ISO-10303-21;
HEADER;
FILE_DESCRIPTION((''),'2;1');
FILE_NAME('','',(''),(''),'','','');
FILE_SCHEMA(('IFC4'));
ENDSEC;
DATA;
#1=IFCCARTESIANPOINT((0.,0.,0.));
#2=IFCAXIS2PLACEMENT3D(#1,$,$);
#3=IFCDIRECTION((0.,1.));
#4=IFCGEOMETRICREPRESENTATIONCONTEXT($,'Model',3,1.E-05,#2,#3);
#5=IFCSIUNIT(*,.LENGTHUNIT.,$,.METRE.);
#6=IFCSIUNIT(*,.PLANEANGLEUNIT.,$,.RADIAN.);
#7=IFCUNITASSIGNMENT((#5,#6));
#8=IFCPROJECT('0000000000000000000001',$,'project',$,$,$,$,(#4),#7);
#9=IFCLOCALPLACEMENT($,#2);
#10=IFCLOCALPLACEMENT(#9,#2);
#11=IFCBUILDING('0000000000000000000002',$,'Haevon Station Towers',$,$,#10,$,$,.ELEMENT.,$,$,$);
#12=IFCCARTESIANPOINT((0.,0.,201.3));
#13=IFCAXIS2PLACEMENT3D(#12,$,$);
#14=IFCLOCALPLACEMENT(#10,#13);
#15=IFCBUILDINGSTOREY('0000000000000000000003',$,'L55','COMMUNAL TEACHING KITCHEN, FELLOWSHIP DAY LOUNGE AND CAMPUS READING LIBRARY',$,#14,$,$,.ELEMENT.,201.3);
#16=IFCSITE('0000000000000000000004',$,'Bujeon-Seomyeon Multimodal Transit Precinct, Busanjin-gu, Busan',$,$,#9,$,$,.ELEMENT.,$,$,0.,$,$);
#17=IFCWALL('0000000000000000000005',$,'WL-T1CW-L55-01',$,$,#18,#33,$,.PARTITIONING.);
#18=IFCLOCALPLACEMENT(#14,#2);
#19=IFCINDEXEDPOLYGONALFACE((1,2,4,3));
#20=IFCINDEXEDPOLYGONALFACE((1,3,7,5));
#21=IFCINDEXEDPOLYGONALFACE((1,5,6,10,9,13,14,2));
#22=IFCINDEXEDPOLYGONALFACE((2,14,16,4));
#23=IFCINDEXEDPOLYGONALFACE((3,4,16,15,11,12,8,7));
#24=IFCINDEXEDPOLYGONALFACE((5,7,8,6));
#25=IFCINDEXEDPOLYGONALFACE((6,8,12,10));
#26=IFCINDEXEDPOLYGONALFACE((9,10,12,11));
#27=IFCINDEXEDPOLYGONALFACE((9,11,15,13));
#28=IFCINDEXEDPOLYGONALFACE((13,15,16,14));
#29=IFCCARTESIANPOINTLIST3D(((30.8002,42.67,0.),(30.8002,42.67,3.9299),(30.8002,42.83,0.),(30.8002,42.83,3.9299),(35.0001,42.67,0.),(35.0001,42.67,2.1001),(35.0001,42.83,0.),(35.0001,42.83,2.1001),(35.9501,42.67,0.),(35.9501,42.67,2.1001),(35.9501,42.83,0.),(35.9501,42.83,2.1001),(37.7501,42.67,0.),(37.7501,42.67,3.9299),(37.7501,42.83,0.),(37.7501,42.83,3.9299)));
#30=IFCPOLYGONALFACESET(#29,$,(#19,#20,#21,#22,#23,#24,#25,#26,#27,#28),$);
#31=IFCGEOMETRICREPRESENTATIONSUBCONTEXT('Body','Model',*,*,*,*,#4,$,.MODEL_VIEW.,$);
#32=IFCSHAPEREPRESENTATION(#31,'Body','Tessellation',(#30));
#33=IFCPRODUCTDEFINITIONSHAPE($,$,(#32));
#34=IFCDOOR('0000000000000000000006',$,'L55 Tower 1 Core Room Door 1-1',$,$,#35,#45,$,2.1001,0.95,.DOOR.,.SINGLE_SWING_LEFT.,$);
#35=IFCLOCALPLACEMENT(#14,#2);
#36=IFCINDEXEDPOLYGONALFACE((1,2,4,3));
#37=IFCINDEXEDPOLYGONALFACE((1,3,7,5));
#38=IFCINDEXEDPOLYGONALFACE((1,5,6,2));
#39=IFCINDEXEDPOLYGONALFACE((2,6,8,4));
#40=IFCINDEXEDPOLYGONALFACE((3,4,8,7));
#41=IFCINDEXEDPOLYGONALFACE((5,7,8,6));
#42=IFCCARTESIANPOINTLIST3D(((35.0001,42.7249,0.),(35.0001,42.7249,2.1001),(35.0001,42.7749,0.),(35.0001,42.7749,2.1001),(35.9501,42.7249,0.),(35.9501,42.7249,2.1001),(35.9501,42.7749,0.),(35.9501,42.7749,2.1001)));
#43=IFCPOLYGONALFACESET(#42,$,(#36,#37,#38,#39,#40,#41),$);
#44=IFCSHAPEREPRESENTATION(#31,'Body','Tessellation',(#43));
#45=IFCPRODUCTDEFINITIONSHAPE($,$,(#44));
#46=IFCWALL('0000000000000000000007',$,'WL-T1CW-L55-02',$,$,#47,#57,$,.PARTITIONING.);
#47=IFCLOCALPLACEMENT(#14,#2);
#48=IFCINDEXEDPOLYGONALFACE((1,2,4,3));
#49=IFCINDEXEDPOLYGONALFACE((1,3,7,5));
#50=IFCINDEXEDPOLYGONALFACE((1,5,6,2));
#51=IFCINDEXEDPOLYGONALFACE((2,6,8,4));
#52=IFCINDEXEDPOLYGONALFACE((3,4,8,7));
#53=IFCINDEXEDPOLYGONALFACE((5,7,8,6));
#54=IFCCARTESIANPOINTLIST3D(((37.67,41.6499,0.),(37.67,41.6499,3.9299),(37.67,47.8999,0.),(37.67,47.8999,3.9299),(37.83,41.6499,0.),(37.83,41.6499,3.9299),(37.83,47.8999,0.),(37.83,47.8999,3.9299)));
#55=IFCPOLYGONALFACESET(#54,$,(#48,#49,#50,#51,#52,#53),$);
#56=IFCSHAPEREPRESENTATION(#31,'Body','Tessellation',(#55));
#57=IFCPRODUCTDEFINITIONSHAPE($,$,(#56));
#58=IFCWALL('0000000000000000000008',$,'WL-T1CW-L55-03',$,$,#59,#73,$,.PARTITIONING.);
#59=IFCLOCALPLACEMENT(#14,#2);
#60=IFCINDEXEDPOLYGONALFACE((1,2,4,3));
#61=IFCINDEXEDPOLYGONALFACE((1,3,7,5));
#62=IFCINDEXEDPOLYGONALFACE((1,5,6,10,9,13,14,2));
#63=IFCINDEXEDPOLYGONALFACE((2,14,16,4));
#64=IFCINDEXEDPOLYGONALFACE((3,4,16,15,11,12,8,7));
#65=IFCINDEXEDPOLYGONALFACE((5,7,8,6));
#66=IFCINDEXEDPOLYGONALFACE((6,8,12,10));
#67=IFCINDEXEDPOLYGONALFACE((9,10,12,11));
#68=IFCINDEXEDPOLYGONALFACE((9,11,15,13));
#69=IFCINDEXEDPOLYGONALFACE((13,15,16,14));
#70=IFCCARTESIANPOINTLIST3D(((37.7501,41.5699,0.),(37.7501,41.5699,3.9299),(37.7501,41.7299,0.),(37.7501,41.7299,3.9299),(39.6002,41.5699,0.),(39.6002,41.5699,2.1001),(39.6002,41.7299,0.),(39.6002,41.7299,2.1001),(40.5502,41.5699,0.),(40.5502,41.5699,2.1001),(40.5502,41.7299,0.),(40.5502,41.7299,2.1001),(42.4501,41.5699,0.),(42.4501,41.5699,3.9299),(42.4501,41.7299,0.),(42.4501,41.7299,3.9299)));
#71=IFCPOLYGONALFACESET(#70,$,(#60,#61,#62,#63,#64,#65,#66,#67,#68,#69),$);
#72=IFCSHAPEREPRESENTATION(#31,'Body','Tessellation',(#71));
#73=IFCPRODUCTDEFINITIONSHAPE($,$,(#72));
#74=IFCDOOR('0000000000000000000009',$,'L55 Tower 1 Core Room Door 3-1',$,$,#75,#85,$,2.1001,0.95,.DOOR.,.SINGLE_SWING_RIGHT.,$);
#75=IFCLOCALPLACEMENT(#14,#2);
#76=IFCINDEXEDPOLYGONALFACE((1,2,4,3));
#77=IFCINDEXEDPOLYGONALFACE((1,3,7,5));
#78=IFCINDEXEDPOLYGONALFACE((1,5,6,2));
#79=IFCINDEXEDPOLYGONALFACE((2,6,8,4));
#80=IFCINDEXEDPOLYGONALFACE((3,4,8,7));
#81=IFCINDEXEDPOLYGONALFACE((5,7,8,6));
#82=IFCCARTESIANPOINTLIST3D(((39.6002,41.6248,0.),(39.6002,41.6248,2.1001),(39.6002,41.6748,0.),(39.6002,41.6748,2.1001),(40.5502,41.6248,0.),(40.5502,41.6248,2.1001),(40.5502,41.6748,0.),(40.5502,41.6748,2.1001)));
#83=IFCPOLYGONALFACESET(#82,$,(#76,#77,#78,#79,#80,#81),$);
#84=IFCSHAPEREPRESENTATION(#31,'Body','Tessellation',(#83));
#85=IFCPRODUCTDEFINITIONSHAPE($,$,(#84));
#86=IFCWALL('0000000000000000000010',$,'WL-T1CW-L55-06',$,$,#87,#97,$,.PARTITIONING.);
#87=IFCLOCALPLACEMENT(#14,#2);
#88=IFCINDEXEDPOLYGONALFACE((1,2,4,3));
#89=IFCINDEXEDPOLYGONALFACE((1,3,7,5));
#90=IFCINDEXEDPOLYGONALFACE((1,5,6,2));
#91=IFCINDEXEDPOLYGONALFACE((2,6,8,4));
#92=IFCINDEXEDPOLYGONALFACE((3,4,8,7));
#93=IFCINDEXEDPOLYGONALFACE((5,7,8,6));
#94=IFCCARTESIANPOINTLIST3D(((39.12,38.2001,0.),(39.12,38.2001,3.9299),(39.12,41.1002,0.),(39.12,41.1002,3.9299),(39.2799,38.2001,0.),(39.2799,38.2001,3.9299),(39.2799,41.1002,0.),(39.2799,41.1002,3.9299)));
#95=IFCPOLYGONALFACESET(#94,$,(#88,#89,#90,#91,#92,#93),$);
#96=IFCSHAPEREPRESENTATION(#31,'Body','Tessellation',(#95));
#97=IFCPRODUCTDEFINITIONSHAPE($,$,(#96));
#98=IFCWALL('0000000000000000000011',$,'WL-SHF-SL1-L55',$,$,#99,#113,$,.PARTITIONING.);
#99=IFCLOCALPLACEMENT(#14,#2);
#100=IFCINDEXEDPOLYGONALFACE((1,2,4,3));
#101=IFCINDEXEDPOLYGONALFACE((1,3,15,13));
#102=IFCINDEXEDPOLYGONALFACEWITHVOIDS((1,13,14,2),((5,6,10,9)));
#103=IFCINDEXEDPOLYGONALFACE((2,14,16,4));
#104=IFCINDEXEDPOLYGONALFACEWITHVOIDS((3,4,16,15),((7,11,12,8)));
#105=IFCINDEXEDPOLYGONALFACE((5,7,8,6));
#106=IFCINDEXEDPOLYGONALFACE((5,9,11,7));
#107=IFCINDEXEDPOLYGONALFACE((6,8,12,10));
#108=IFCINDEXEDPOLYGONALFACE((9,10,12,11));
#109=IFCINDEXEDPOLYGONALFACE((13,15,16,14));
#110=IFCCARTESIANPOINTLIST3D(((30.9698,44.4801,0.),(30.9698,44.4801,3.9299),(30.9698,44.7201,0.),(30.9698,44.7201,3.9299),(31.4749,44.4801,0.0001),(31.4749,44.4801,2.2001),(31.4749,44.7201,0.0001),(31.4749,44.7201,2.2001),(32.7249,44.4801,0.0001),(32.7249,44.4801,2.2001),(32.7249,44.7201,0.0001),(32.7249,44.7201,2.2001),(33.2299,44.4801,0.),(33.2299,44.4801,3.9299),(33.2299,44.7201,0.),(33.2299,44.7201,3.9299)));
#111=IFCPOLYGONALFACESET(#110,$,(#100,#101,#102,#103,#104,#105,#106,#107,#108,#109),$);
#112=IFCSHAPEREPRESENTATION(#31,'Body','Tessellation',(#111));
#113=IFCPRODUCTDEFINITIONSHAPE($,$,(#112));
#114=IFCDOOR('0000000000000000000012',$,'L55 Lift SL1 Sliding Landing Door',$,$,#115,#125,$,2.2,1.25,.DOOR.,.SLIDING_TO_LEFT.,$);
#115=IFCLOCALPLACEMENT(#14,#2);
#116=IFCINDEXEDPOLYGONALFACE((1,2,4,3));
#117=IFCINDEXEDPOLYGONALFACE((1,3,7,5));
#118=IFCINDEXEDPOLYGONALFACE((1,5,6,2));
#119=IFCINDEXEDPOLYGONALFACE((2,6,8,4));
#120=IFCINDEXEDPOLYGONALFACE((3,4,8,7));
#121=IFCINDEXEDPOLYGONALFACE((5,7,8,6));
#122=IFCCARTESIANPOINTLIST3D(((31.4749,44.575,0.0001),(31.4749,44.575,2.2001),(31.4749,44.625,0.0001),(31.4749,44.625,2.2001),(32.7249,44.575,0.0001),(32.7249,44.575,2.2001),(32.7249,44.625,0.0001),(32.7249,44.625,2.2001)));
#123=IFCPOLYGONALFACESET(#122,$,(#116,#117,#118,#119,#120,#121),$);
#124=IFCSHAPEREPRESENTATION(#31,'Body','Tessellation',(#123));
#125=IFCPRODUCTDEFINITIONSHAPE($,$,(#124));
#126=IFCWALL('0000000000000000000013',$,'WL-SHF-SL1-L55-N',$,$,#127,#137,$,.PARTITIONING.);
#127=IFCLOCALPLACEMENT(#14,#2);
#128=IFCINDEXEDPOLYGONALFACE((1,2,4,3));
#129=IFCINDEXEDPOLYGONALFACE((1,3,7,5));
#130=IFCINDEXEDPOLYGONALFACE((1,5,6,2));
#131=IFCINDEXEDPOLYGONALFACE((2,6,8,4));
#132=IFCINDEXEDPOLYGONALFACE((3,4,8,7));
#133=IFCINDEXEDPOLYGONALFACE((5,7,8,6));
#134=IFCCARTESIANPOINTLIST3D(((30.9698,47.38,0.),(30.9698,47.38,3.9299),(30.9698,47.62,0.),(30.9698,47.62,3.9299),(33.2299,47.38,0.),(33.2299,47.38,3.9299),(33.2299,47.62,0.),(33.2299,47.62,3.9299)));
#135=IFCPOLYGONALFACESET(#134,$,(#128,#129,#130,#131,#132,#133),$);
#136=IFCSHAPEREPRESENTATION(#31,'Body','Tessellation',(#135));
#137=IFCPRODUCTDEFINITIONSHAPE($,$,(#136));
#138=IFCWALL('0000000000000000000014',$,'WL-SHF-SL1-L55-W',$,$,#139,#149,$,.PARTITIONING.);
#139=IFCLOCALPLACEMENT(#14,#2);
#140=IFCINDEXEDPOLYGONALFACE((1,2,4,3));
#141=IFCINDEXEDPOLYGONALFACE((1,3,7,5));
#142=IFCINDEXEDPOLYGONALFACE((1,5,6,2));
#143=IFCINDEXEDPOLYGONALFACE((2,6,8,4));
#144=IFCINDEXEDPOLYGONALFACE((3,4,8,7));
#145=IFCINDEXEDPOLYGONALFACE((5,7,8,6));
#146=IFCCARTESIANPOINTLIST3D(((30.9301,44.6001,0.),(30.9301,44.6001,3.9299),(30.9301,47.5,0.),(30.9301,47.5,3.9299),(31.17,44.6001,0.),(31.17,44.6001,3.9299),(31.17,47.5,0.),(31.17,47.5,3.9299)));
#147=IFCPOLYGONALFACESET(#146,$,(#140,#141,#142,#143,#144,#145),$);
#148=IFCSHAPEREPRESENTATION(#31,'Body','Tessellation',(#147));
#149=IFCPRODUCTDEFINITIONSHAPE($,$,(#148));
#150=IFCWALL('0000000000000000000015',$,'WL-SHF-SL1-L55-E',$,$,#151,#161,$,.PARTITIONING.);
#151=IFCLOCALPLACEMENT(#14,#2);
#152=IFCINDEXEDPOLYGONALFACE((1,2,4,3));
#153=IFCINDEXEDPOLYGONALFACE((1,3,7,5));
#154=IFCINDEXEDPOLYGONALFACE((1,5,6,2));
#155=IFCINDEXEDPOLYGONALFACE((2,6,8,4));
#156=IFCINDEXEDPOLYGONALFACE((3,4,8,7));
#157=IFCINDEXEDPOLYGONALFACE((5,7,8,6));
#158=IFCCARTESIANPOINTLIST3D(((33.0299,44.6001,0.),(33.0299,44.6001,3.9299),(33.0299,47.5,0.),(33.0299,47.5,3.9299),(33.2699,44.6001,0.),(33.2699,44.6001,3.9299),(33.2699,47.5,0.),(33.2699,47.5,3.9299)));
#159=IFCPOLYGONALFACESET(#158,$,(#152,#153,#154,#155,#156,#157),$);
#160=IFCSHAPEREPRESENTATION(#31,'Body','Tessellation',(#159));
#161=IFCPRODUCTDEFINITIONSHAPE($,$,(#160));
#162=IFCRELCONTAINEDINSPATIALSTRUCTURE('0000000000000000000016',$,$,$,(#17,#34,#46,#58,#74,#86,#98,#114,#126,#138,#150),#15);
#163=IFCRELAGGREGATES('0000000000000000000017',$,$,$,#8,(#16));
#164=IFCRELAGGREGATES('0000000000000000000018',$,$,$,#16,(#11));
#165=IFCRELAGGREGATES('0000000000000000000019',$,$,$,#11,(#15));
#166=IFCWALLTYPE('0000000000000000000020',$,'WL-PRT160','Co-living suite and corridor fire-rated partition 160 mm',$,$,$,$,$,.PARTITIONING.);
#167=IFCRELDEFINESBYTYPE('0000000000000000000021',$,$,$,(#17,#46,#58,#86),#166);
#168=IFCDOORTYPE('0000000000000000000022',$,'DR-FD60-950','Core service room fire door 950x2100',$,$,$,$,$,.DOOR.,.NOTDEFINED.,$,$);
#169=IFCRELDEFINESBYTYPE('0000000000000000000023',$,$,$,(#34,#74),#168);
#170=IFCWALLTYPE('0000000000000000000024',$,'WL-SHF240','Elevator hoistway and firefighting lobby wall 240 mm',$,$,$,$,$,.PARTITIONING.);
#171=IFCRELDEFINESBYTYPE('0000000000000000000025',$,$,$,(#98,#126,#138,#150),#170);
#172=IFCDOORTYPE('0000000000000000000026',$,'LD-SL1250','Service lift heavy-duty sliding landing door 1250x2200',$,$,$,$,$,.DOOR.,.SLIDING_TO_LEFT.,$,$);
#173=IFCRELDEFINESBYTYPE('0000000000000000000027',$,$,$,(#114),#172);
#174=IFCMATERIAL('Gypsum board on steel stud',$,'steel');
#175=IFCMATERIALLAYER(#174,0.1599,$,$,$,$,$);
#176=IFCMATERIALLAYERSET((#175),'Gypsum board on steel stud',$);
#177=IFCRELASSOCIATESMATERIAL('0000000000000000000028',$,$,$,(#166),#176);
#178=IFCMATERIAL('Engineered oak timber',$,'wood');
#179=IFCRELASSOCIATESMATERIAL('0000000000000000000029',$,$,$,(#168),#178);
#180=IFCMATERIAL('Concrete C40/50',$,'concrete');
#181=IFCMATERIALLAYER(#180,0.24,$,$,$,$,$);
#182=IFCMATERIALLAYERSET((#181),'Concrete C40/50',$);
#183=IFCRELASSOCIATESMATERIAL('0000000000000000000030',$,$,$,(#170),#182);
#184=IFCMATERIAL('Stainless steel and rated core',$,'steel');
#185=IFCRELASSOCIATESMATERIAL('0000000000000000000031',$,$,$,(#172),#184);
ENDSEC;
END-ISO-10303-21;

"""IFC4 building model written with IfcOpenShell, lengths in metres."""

from ifc_helpers import new_model, si_unit, direction, frame, frame_2d, origin, place, context, subcontext, project, spatial, rectangle, extrude, material, layer, layer_set, type_object, element, fill, save


model = new_model("IFC4")

# Units and contexts
model_context = context("Model", 3, precision=1e-05, world=origin(), true_north=direction((0.0, 1.0)))
body_context = subcontext(model_context, "Body", "Model", "MODEL_VIEW")
ifc_project = project(units=[si_unit("LENGTHUNIT", "METRE"), si_unit("PLANEANGLEUNIT", "RADIAN")], contexts=[model_context])

# Site, building, storey
site_placement = place(None, origin())
site = spatial("IfcSite", under=ifc_project, at=site_placement, Name="Bujeon-Seomyeon Multimodal Transit Precinct, Busanjin-gu, Busan", CompositionType="ELEMENT", RefElevation=0.0)
building_placement = place(site_placement, origin())
building = spatial("IfcBuilding", under=site, at=building_placement, Name="Haevon Station Towers", CompositionType="ELEMENT")
storey_placement = place(building_placement, frame((0.0, 0.0, 201.3)))
storey = spatial("IfcBuildingStorey", under=building, at=storey_placement, Name="L55", Description="COMMUNAL TEACHING KITCHEN, FELLOWSHIP DAY LOUNGE AND CAMPUS READING LIBRARY", CompositionType="ELEMENT", Elevation=201.3)

# Wall, opening, door
ifc_material_1 = material(Name="Gypsum board on steel stud", Category="steel")
ifc_material_2 = material(Name="Engineered oak timber", Category="wood")
ifc_layer_1 = layer(ifc_material_1, 0.1599)
ifc_layer_set_1 = layer_set([ifc_layer_1], Name="Gypsum board on steel stud")
wall_type_1 = type_object("IfcWallType", Name="WL-PRT160", Description="Co-living suite and corridor fire-rated partition 160 mm", PredefinedType="PARTITIONING", material=ifc_layer_set_1)
wall_1_placement = place(storey_placement, frame((30.8, 42.75, 0.0), z_axis=(0.0, 0.0, 1.0), x_axis=(1.0, 0.0, 0.0)))
wall_1 = element("IfcWall", 1, at=wall_1_placement, inside=storey, type_object=wall_type_1, Name="WL-T1CW-L55-01", PredefinedType="PARTITIONING", context=body_context, shape_type="SweptSolid", body=[
    extrude(rectangle(XDim=6.95, YDim=0.1599, at=frame_2d((3.4751, 0.0))), origin(), (0.0, 0.0, 1.0), 3.9299),
])
opening_1_placement = place(wall_1_placement, frame((4.2, 0.0, 0.0)))
opening_1 = element("IfcOpeningElement", 2, at=opening_1_placement, cuts=wall_1, PredefinedType="OPENING", context=body_context, shape_type="SweptSolid", body=[
    extrude(rectangle(XDim=0.95, YDim=2.1001, at=frame_2d((0.4751, 1.05))), frame((0.0, 0.0898, 0.0), z_axis=(0.0, -1.0, 0.0), x_axis=(1.0, 0.0, 0.0)), (0.0, 0.0, 1.0), 0.1799),
])
door_type_1 = type_object("IfcDoorType", Name="DR-FD60-950", Description="Core service room fire door 950x2100", OperationType="NOTDEFINED", PredefinedType="DOOR", material=ifc_material_2)
door_1_placement = place(opening_1_placement, origin())
door_1 = element("IfcDoor", 3, at=door_1_placement, inside=storey, type_object=door_type_1, Name="L55 Tower 1 Core Room Door 1-1", OperationType="SINGLE_SWING_LEFT", OverallHeight=2.1001, OverallWidth=0.95, PredefinedType="DOOR", context=body_context, shape_type="SweptSolid", body=[
    extrude(rectangle(XDim=0.95, YDim=2.1001, at=frame_2d((0.4751, 1.05))), frame((0.0, 0.0249, 0.0), z_axis=(0.0, -1.0, 0.0), x_axis=(1.0, 0.0, 0.0)), (0.0, 0.0, 1.0), 0.05),
])
fill(opening_1, door_1)

# Wall
wall_2_placement = place(storey_placement, frame((37.75, 41.6499, 0.0), z_axis=(0.0, 0.0, 1.0), x_axis=(0.0, 1.0, 0.0)))
element("IfcWall", 4, at=wall_2_placement, inside=storey, type_object=wall_type_1, Name="WL-T1CW-L55-02", PredefinedType="PARTITIONING", context=body_context, shape_type="SweptSolid", body=[
    extrude(rectangle(XDim=6.25, YDim=0.1599, at=frame_2d((3.125, 0.0))), origin(), (0.0, 0.0, 1.0), 3.9299),
])

# Wall, opening, door
wall_3_placement = place(storey_placement, frame((37.75, 41.6499, 0.0), z_axis=(0.0, 0.0, 1.0), x_axis=(1.0, 0.0, 0.0)))
wall_3 = element("IfcWall", 5, at=wall_3_placement, inside=storey, type_object=wall_type_1, Name="WL-T1CW-L55-03", PredefinedType="PARTITIONING", context=body_context, shape_type="SweptSolid", body=[
    extrude(rectangle(XDim=4.7, YDim=0.1599, at=frame_2d((2.3501, 0.0))), origin(), (0.0, 0.0, 1.0), 3.9299),
])
opening_2_placement = place(wall_3_placement, frame((1.8501, 0.0, 0.0)))
opening_2 = element("IfcOpeningElement", 6, at=opening_2_placement, cuts=wall_3, PredefinedType="OPENING", context=body_context, shape_type="SweptSolid", body=[
    extrude(rectangle(XDim=0.95, YDim=2.1001, at=frame_2d((0.4751, 1.05))), frame((0.0, 0.0898, 0.0), z_axis=(0.0, -1.0, 0.0), x_axis=(1.0, 0.0, 0.0)), (0.0, 0.0, 1.0), 0.1799),
])
door_2_placement = place(opening_2_placement, origin())
door_2 = element("IfcDoor", 7, at=door_2_placement, inside=storey, type_object=door_type_1, Name="L55 Tower 1 Core Room Door 3-1", OperationType="SINGLE_SWING_RIGHT", OverallHeight=2.1001, OverallWidth=0.95, PredefinedType="DOOR", context=body_context, shape_type="SweptSolid", body=[
    extrude(rectangle(XDim=0.95, YDim=2.1001, at=frame_2d((0.4751, 1.05))), frame((0.0, 0.0249, 0.0), z_axis=(0.0, -1.0, 0.0), x_axis=(1.0, 0.0, 0.0)), (0.0, 0.0, 1.0), 0.05),
])
fill(opening_2, door_2)

# Wall
wall_4_placement = place(storey_placement, frame((39.2, 38.2, 0.0), z_axis=(0.0, 0.0, 1.0), x_axis=(0.0, 1.0, 0.0)))
element("IfcWall", 8, at=wall_4_placement, inside=storey, type_object=wall_type_1, Name="WL-T1CW-L55-06", PredefinedType="PARTITIONING", context=body_context, shape_type="SweptSolid", body=[
    extrude(rectangle(XDim=2.9001, YDim=0.1599, at=frame_2d((1.4502, 0.0))), origin(), (0.0, 0.0, 1.0), 3.9299),
])

# Wall, opening, door
ifc_material_3 = material(Name="Concrete C40/50", Category="concrete")
ifc_layer_2 = layer(ifc_material_3, 0.24)
ifc_layer_set_2 = layer_set([ifc_layer_2], Name="Concrete C40/50")
wall_type_2 = type_object("IfcWallType", Name="WL-SHF240", Description="Elevator hoistway and firefighting lobby wall 240 mm", PredefinedType="PARTITIONING", material=ifc_layer_set_2)
wall_5_placement = place(storey_placement, frame((30.97, 44.6001, 0.0), z_axis=(0.0, 0.0, 1.0), x_axis=(1.0, 0.0, 0.0)))
wall_5 = element("IfcWall", 9, at=wall_5_placement, inside=storey, type_object=wall_type_2, Name="WL-SHF-SL1-L55", PredefinedType="PARTITIONING", context=body_context, shape_type="SweptSolid", body=[
    extrude(rectangle(XDim=2.26, YDim=0.24, at=frame_2d((1.1299, 0.0))), origin(), (0.0, 0.0, 1.0), 3.9299),
])
opening_3_placement = place(wall_5_placement, frame((0.5049, 0.0, 0.0)))
opening_3 = element("IfcOpeningElement", 10, at=opening_3_placement, cuts=wall_5, PredefinedType="OPENING", context=body_context, shape_type="SweptSolid", body=[
    extrude(rectangle(XDim=1.25, YDim=2.2, at=frame_2d((0.625, 1.1001))), frame((0.0, 0.1299, 0.0), z_axis=(0.0, -1.0, 0.0), x_axis=(1.0, 0.0, 0.0)), (0.0, 0.0, 1.0), 0.26),
])
ifc_material_4 = material(Name="Stainless steel and rated core", Category="steel")
door_type_2 = type_object("IfcDoorType", Name="LD-SL1250", Description="Service lift heavy-duty sliding landing door 1250x2200", OperationType="SLIDING_TO_LEFT", PredefinedType="DOOR", material=ifc_material_4)
door_3_placement = place(opening_3_placement, origin())
door_3 = element("IfcDoor", 11, at=door_3_placement, inside=storey, type_object=door_type_2, Name="L55 Lift SL1 Sliding Landing Door", OperationType="SLIDING_TO_LEFT", OverallHeight=2.2, OverallWidth=1.25, PredefinedType="DOOR", context=body_context, shape_type="SweptSolid", body=[
    extrude(rectangle(XDim=1.25, YDim=2.2, at=frame_2d((0.625, 1.1001))), frame((0.0, 0.0249, 0.0), z_axis=(0.0, -1.0, 0.0), x_axis=(1.0, 0.0, 0.0)), (0.0, 0.0, 1.0), 0.05),
])
fill(opening_3, door_3)

# Walls
wall_6_placement = place(storey_placement, frame((30.97, 47.5, 0.0), z_axis=(0.0, 0.0, 1.0), x_axis=(1.0, 0.0, 0.0)))
element("IfcWall", 12, at=wall_6_placement, inside=storey, type_object=wall_type_2, Name="WL-SHF-SL1-L55-N", PredefinedType="PARTITIONING", context=body_context, shape_type="SweptSolid", body=[
    extrude(rectangle(XDim=2.26, YDim=0.24, at=frame_2d((1.1299, 0.0))), origin(), (0.0, 0.0, 1.0), 3.9299),
])
for number, where, z_axis, x_axis, name in (
    (13, (31.05, 44.6001, 0.0), (0.0, 0.0, 1.0), (0.0, 1.0, 0.0), "WL-SHF-SL1-L55-W"),
    (14, (33.1499, 44.6001, 0.0), (0.0, 0.0, 1.0), (0.0, 1.0, 0.0), "WL-SHF-SL1-L55-E"),
):
    element("IfcWall", number, at=place(storey_placement, frame(where, z_axis=z_axis, x_axis=x_axis)), inside=storey, type_object=wall_type_2, Name=name, PredefinedType="PARTITIONING", context=body_context, shape_type="SweptSolid", body=[
        extrude(rectangle(XDim=2.8999, YDim=0.24, at=frame_2d((1.45, 0.0))), origin(), (0.0, 0.0, 1.0), 3.9299),
    ])

save(model, "model.ifc")
